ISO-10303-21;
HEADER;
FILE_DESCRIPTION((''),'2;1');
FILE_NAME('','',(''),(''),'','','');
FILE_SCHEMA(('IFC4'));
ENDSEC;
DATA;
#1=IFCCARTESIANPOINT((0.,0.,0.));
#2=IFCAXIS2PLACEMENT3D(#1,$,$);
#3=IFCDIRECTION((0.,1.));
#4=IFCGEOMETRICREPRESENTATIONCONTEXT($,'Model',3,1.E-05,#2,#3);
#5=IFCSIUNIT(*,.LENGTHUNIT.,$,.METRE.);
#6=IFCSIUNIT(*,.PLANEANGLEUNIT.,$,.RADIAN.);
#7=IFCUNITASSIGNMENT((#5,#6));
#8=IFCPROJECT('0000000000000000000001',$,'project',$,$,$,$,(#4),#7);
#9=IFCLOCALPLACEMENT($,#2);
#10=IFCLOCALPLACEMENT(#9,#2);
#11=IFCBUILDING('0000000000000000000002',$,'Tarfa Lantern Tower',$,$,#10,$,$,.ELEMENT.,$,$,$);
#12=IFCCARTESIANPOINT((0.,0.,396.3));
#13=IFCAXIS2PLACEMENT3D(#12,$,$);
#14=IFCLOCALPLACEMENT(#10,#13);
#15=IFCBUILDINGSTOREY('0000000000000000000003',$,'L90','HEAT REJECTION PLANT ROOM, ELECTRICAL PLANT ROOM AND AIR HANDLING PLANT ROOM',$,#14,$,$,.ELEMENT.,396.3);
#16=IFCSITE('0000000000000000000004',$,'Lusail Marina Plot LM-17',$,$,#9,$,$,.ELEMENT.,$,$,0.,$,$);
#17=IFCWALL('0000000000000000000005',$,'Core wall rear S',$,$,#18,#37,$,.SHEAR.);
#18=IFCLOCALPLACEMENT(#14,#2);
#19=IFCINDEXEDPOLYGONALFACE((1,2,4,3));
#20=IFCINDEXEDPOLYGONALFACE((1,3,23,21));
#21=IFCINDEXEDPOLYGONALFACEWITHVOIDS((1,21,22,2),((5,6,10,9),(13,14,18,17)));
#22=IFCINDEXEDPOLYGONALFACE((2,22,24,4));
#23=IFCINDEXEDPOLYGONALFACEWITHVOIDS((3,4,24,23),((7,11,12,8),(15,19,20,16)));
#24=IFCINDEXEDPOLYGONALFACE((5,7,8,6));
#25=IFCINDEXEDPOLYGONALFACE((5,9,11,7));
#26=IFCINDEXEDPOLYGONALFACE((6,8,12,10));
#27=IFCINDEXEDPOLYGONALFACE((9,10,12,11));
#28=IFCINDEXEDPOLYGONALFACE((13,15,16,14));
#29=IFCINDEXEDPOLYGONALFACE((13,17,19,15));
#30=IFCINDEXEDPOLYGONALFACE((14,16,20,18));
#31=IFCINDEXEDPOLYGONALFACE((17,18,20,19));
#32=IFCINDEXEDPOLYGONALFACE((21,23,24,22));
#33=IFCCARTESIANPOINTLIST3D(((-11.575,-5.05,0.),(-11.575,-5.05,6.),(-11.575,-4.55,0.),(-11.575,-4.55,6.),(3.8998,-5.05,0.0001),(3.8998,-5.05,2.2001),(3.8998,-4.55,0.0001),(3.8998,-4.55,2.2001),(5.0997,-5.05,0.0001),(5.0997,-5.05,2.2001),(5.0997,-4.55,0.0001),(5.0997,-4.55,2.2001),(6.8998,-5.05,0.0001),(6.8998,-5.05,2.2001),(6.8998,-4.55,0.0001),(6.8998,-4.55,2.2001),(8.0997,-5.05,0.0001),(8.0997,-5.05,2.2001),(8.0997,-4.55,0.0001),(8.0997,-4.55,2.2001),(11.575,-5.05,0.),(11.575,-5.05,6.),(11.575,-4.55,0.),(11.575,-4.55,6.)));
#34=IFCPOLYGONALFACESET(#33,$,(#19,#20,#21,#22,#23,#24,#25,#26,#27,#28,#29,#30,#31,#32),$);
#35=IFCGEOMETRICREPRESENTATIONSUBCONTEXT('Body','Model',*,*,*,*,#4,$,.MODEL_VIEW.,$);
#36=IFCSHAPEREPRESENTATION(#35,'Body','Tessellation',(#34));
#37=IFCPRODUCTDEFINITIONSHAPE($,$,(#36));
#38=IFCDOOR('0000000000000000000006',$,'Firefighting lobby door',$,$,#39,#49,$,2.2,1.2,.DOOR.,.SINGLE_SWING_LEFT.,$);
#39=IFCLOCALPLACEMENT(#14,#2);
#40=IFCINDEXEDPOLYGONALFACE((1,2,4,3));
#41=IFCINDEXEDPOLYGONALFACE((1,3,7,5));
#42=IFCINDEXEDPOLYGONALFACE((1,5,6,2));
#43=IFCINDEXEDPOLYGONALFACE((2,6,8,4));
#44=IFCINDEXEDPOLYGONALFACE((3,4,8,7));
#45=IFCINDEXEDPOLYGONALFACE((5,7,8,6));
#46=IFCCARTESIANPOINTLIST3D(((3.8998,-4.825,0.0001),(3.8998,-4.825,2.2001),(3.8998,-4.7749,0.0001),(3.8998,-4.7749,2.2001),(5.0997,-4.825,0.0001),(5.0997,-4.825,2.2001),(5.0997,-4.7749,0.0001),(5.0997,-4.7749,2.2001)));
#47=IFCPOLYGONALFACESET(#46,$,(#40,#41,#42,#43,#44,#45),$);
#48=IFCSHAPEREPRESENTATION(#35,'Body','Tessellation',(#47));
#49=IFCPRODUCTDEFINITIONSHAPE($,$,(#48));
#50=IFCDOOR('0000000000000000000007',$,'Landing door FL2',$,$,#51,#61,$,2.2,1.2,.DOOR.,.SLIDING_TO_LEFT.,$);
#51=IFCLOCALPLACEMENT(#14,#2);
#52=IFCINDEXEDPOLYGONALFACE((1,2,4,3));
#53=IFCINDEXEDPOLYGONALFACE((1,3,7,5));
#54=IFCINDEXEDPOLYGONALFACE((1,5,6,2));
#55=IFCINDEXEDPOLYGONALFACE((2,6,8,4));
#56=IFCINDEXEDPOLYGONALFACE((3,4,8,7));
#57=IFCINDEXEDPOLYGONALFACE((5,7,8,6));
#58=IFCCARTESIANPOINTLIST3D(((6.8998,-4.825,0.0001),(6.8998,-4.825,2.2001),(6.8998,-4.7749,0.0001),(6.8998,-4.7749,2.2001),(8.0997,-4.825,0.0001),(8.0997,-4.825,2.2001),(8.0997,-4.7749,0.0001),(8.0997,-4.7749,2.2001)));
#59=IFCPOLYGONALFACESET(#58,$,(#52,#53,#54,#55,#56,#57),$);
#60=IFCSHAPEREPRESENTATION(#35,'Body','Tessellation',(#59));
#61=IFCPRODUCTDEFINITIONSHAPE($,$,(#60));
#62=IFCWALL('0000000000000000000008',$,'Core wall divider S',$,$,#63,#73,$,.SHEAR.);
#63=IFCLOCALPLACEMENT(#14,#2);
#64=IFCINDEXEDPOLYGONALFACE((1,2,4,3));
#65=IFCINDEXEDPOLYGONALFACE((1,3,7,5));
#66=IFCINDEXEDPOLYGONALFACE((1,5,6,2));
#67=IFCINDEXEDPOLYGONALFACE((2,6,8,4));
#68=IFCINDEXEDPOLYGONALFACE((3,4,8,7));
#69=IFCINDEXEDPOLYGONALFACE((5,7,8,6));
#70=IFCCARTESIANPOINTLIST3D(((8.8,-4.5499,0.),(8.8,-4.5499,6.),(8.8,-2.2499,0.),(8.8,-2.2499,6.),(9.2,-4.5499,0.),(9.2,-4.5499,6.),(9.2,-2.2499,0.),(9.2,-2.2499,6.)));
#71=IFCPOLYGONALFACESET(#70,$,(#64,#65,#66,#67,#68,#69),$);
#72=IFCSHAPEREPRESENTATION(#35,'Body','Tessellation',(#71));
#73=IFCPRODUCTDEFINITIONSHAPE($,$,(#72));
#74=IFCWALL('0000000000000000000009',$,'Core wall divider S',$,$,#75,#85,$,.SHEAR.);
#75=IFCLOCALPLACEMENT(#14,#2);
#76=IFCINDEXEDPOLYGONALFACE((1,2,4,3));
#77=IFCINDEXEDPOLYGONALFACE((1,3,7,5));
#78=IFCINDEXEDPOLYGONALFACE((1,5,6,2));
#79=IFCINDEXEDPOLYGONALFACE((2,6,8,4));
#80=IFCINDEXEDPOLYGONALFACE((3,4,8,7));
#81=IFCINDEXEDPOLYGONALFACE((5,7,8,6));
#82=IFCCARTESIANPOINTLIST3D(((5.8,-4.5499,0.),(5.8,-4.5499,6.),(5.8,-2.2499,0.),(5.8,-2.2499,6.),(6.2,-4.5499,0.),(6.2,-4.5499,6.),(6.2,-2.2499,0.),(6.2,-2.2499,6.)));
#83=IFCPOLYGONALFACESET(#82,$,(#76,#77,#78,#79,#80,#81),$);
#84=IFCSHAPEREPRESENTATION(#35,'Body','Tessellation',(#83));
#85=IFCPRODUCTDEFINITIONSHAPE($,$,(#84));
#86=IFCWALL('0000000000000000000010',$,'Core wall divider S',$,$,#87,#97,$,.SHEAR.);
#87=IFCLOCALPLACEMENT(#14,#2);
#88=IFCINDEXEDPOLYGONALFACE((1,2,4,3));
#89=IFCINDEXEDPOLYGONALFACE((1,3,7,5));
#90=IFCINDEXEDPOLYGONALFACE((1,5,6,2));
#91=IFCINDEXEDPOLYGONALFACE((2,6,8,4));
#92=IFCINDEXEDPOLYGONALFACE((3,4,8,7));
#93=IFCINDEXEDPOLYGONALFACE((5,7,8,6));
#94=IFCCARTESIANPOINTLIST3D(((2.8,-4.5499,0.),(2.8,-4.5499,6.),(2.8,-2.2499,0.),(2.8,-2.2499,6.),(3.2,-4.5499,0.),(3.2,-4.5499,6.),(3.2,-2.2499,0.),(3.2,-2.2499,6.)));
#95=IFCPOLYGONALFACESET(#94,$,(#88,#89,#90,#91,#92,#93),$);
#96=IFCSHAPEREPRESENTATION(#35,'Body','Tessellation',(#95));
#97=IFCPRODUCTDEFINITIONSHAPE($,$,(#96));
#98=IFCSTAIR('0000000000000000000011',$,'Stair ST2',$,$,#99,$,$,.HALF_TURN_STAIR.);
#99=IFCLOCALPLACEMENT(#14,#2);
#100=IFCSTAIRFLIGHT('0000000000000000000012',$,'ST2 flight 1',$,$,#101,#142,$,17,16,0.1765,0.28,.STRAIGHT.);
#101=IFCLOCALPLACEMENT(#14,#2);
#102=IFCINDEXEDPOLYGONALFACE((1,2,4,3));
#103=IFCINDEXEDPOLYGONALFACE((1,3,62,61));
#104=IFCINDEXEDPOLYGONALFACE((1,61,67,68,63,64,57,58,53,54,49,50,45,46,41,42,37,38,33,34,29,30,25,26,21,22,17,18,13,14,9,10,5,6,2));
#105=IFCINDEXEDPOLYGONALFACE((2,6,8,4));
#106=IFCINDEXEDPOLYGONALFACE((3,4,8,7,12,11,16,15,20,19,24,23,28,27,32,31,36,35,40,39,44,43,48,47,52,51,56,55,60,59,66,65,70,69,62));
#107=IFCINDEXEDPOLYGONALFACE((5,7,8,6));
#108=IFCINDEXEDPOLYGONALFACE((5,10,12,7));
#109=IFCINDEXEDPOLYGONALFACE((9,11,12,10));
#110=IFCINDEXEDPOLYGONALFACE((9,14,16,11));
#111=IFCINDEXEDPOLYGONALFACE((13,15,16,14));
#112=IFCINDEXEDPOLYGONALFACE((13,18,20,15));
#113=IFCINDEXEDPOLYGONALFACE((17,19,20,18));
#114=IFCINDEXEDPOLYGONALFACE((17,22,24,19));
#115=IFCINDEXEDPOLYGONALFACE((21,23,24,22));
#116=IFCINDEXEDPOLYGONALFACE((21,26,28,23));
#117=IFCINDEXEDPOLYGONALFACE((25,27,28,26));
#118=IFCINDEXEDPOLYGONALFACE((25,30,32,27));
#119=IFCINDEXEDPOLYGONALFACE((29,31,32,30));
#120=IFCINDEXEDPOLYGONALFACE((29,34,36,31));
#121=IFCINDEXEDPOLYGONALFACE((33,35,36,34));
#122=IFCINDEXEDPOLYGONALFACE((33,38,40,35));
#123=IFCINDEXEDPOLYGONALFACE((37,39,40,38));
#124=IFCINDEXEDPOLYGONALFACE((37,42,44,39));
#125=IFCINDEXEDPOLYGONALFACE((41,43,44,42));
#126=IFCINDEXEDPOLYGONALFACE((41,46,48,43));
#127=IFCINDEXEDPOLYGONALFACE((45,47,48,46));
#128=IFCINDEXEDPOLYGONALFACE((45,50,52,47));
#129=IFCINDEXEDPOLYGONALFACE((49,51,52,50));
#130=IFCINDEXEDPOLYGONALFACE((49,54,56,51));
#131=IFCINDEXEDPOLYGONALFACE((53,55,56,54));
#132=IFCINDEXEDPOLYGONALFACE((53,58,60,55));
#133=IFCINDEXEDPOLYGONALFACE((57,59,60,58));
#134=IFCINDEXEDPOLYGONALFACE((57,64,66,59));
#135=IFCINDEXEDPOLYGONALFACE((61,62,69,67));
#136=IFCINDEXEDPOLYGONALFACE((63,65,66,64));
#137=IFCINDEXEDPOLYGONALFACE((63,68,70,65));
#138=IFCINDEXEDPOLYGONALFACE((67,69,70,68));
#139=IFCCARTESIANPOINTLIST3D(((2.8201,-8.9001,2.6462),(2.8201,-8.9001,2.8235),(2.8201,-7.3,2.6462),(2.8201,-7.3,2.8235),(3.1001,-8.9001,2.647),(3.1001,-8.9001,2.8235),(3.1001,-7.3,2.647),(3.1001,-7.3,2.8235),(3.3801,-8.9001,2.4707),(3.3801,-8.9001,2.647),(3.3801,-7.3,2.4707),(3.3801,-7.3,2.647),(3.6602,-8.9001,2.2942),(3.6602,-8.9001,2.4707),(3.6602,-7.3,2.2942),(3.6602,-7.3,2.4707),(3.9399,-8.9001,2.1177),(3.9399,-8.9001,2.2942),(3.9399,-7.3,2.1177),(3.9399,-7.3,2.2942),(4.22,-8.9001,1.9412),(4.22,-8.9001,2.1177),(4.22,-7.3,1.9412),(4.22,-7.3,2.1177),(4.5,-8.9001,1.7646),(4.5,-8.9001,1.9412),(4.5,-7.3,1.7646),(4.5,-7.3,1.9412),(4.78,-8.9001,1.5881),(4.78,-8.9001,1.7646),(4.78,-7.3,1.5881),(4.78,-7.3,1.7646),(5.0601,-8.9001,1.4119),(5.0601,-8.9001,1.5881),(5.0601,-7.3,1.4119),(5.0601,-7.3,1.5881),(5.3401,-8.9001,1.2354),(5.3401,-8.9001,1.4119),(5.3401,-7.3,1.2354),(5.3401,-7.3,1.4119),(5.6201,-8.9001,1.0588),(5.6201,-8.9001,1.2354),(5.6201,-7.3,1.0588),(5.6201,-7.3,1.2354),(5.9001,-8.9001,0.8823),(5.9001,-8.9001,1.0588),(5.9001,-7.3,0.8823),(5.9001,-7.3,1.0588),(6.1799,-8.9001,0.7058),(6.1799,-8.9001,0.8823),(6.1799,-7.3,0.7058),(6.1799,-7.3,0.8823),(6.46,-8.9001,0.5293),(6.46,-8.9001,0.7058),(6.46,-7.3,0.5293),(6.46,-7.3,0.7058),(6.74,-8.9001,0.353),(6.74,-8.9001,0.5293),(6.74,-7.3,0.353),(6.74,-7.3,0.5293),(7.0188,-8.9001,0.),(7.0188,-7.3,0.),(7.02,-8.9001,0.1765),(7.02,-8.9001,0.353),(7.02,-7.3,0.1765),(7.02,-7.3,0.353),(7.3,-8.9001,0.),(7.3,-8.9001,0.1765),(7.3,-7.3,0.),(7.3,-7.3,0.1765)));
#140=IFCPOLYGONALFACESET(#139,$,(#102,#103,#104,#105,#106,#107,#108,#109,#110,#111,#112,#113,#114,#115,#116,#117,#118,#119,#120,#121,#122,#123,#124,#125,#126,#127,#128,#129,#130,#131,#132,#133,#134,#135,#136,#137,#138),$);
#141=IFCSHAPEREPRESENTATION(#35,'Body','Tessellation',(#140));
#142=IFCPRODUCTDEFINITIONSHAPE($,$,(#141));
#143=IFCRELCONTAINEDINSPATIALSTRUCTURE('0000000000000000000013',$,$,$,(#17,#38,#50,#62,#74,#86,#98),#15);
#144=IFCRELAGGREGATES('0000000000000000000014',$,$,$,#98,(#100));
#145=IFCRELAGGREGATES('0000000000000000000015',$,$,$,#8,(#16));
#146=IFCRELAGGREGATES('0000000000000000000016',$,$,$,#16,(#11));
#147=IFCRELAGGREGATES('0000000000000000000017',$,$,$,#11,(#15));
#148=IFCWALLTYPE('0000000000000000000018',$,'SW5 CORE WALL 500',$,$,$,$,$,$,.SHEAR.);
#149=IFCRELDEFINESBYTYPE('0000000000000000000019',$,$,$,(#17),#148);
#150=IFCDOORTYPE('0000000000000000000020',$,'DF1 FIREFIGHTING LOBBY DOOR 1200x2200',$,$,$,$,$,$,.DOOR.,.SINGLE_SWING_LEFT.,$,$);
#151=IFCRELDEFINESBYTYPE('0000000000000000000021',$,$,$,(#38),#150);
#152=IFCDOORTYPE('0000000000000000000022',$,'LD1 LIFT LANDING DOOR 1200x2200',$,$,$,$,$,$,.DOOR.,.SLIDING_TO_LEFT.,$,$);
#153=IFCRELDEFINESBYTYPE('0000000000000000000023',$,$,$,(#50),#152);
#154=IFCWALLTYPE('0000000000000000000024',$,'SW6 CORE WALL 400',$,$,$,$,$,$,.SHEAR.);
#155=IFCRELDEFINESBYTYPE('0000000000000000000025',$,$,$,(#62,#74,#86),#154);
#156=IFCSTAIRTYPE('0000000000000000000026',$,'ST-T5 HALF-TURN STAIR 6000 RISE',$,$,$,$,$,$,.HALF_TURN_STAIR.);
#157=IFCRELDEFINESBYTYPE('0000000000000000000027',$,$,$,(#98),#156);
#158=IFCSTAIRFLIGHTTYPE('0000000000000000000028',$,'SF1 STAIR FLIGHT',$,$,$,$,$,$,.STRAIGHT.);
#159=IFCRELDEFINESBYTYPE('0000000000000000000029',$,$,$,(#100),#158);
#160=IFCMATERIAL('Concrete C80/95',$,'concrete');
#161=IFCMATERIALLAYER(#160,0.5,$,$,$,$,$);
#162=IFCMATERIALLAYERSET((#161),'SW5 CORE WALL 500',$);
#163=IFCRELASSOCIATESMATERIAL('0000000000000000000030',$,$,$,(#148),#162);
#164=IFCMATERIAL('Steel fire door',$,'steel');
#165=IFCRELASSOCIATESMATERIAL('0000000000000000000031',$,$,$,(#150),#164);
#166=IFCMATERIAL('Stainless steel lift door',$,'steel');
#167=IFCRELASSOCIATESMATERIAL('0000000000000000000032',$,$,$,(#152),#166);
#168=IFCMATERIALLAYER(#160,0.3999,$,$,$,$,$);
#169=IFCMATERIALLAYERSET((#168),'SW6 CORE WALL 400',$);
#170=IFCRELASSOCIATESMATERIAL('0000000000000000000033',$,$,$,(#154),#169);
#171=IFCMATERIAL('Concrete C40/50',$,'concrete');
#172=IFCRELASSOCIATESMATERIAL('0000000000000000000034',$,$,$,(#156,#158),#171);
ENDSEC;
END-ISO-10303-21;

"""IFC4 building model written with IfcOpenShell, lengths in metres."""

from ifc_helpers import new_model, si_unit, direction, frame, frame_2d, origin, place, context, subcontext, project, spatial, polyline, rectangle, outline, extrude, material, layer, layer_set, type_object, element, fill, aggregate, save


model = new_model("IFC4")

# Units and contexts
model_context = context("Model", 3, precision=1e-05, world=origin(), true_north=direction((0.0, 1.0)))
body_context = subcontext(model_context, "Body", "Model", "MODEL_VIEW")
ifc_project = project(units=[si_unit("LENGTHUNIT", "METRE"), si_unit("PLANEANGLEUNIT", "RADIAN")], contexts=[model_context])

# Site, building, storey
site_placement = place(None, origin())
site = spatial("IfcSite", under=ifc_project, at=site_placement, Name="Lusail Marina Plot LM-17", CompositionType="ELEMENT", RefElevation=0.0)
building_placement = place(site_placement, origin())
building = spatial("IfcBuilding", under=site, at=building_placement, Name="Tarfa Lantern Tower", CompositionType="ELEMENT")
storey_placement = place(building_placement, frame((0.0, 0.0, 396.3)))
storey = spatial("IfcBuildingStorey", under=building, at=storey_placement, Name="L90", Description="HEAT REJECTION PLANT ROOM, ELECTRICAL PLANT ROOM AND AIR HANDLING PLANT ROOM", CompositionType="ELEMENT", Elevation=396.3)

# Shared definitions
ifc_material_1 = material(Name="Concrete C40/50", Category="concrete")

# Shared definitions
ifc_material_2 = material(Name="Concrete C80/95", Category="concrete")

# Shared definitions
ifc_material_3 = material(Name="Steel fire door", Category="steel")
ifc_layer_1 = layer(ifc_material_2, 0.5)
ifc_layer_set_1 = layer_set([ifc_layer_1], Name="SW5 CORE WALL 500")
wall_type_1 = type_object("IfcWallType", Name="SW5 CORE WALL 500", PredefinedType="SHEAR", material=ifc_layer_set_1)

# Wall, openings, doors
wall_1_placement = place(storey_placement, frame((11.575, -4.8, 0.0), z_axis=(0.0, 0.0, 1.0), x_axis=(-1.0, 0.0, 0.0)))
wall_1 = element("IfcWall", 1, at=wall_1_placement, inside=storey, type_object=wall_type_1, Name="Core wall rear S", PredefinedType="SHEAR", context=body_context, shape_type="SweptSolid", body=[
    extrude(rectangle(XDim=23.1499, YDim=0.5, at=frame_2d((11.575, 0.0))), origin(), (0.0, 0.0, 1.0), 6.0),
])
opening_1_placement = place(wall_1_placement, frame((6.4751, 0.0, 0.0)))
opening_1 = element("IfcOpeningElement", 2, at=opening_1_placement, cuts=wall_1, PredefinedType="OPENING", context=body_context, shape_type="SweptSolid", body=[
    extrude(rectangle(XDim=1.2, YDim=2.2, at=frame_2d((0.6001, 1.1001))), frame((0.0, 0.26, 0.0), z_axis=(0.0, -1.0, 0.0), x_axis=(1.0, 0.0, 0.0)), (0.0, 0.0, 1.0), 0.52),
])
opening_2_placement = place(wall_1_placement, frame((3.4751, 0.0, 0.0)))
opening_2 = element("IfcOpeningElement", 3, at=opening_2_placement, cuts=wall_1, PredefinedType="OPENING", context=body_context, shape_type="SweptSolid", body=[
    extrude(rectangle(XDim=1.2, YDim=2.2, at=frame_2d((0.6001, 1.1001))), frame((0.0, 0.26, 0.0), z_axis=(0.0, -1.0, 0.0), x_axis=(1.0, 0.0, 0.0)), (0.0, 0.0, 1.0), 0.52),
])
door_type_1 = type_object("IfcDoorType", Name="DF1 FIREFIGHTING LOBBY DOOR 1200x2200", OperationType="SINGLE_SWING_LEFT", PredefinedType="DOOR", material=ifc_material_3)
door_1_placement = place(opening_1_placement, origin())
door_1 = element("IfcDoor", 4, at=door_1_placement, inside=storey, type_object=door_type_1, Name="Firefighting lobby door", OperationType="SINGLE_SWING_LEFT", OverallHeight=2.2, OverallWidth=1.2, PredefinedType="DOOR", context=body_context, shape_type="SweptSolid", body=[
    extrude(rectangle(XDim=1.2, YDim=2.2, at=frame_2d((0.6001, 1.1001))), frame((0.0, 0.0249, 0.0), z_axis=(0.0, -1.0, 0.0), x_axis=(1.0, 0.0, 0.0)), (0.0, 0.0, 1.0), 0.05),
])
fill(opening_1, door_1)
ifc_material_4 = material(Name="Stainless steel lift door", Category="steel")
door_type_2 = type_object("IfcDoorType", Name="LD1 LIFT LANDING DOOR 1200x2200", OperationType="SLIDING_TO_LEFT", PredefinedType="DOOR", material=ifc_material_4)
door_2_placement = place(opening_2_placement, origin())
door_2 = element("IfcDoor", 5, at=door_2_placement, inside=storey, type_object=door_type_2, Name="Landing door FL2", OperationType="SLIDING_TO_LEFT", OverallHeight=2.2, OverallWidth=1.2, PredefinedType="DOOR", context=body_context, shape_type="SweptSolid", body=[
    extrude(rectangle(XDim=1.2, YDim=2.2, at=frame_2d((0.6001, 1.1001))), frame((0.0, 0.0249, 0.0), z_axis=(0.0, -1.0, 0.0), x_axis=(1.0, 0.0, 0.0)), (0.0, 0.0, 1.0), 0.05),
])
fill(opening_2, door_2)

# Walls
ifc_layer_2 = layer(ifc_material_2, 0.3999)
ifc_layer_set_2 = layer_set([ifc_layer_2], Name="SW6 CORE WALL 400")
wall_type_2 = type_object("IfcWallType", Name="SW6 CORE WALL 400", PredefinedType="SHEAR", material=ifc_layer_set_2)
for number, where, z_axis, x_axis, name in (
    (6, (9.0, -2.25, 0.0), (0.0, 0.0, 1.0), (0.0, -1.0, 0.0), "Core wall divider S"),
    (7, (6.0, -2.25, 0.0), (0.0, 0.0, 1.0), (0.0, -1.0, 0.0), "Core wall divider S"),
    (8, (3.0, -2.25, 0.0), (0.0, 0.0, 1.0), (0.0, -1.0, 0.0), "Core wall divider S"),
):
    element("IfcWall", number, at=place(storey_placement, frame(where, z_axis=z_axis, x_axis=x_axis)), inside=storey, type_object=wall_type_2, Name=name, PredefinedType="SHEAR", context=body_context, shape_type="SweptSolid", body=[
        extrude(rectangle(XDim=2.3, YDim=0.3999, at=frame_2d((1.1499, 0.0))), origin(), (0.0, 0.0, 1.0), 6.0),
    ])

# Stair, stair flight
stair_type = type_object("IfcStairType", Name="ST-T5 HALF-TURN STAIR 6000 RISE", PredefinedType="HALF_TURN_STAIR", material=ifc_material_1)
stair_placement = place(storey_placement, origin())
stair = element("IfcStair", 9, at=stair_placement, inside=storey, type_object=stair_type, Name="Stair ST2", PredefinedType="HALF_TURN_STAIR")
stair_flight_type = type_object("IfcStairFlightType", Name="SF1 STAIR FLIGHT", PredefinedType="STRAIGHT", material=ifc_material_1)
stair_flight_1_placement = place(storey_placement, frame((7.3, -8.1001, 0.0), z_axis=(0.0, 0.0, 1.0), x_axis=(-1.0, 0.0, 0.0)))
stair_flight_1 = element("IfcStairFlight", 10, at=stair_flight_1_placement, type_object=stair_flight_type, Name="ST2 flight 1", NumberOfRisers=17, NumberOfTreads=16, PredefinedType="STRAIGHT", RiserHeight=0.1765, TreadLength=0.28, context=body_context, shape_type="SweptSolid", body=[
    extrude(outline(polyline([(0.0, 0.0), (0.0, 0.1765), (0.28, 0.1765), (0.28, 0.353), (0.5601, 0.353), (0.5601, 0.5293), (0.8401, 0.5293), (0.8401, 0.7058), (1.1201, 0.7058), (1.1201, 0.8823), (1.3999, 0.8823), (1.3999, 1.0588), (1.6799, 1.0588), (1.6799, 1.2354), (1.96, 1.2354), (1.96, 1.4119), (2.24, 1.4119), (2.24, 1.5881), (2.52, 1.5881), (2.52, 1.7646), (2.8, 1.7646), (2.8, 1.9412), (3.0801, 1.9412), (3.0801, 2.1177), (3.3601, 2.1177), (3.3601, 2.2942), (3.6399, 2.2942), (3.6399, 2.4707), (3.9199, 2.4707), (3.9199, 2.647), (4.2, 2.647), (4.2, 2.8235), (4.48, 2.8235), (4.48, 3.0), (4.48, 2.6462), (0.2812, 0.0), (0.0, 0.0)])), frame((0.0, 0.8, 0.0), z_axis=(0.0, -1.0, 0.0), x_axis=(1.0, 0.0, 0.0)), (0.0, 0.0, 1.0), 1.6001),
])
aggregate(stair, [stair_flight_1])

save(model, "model.ifc")
